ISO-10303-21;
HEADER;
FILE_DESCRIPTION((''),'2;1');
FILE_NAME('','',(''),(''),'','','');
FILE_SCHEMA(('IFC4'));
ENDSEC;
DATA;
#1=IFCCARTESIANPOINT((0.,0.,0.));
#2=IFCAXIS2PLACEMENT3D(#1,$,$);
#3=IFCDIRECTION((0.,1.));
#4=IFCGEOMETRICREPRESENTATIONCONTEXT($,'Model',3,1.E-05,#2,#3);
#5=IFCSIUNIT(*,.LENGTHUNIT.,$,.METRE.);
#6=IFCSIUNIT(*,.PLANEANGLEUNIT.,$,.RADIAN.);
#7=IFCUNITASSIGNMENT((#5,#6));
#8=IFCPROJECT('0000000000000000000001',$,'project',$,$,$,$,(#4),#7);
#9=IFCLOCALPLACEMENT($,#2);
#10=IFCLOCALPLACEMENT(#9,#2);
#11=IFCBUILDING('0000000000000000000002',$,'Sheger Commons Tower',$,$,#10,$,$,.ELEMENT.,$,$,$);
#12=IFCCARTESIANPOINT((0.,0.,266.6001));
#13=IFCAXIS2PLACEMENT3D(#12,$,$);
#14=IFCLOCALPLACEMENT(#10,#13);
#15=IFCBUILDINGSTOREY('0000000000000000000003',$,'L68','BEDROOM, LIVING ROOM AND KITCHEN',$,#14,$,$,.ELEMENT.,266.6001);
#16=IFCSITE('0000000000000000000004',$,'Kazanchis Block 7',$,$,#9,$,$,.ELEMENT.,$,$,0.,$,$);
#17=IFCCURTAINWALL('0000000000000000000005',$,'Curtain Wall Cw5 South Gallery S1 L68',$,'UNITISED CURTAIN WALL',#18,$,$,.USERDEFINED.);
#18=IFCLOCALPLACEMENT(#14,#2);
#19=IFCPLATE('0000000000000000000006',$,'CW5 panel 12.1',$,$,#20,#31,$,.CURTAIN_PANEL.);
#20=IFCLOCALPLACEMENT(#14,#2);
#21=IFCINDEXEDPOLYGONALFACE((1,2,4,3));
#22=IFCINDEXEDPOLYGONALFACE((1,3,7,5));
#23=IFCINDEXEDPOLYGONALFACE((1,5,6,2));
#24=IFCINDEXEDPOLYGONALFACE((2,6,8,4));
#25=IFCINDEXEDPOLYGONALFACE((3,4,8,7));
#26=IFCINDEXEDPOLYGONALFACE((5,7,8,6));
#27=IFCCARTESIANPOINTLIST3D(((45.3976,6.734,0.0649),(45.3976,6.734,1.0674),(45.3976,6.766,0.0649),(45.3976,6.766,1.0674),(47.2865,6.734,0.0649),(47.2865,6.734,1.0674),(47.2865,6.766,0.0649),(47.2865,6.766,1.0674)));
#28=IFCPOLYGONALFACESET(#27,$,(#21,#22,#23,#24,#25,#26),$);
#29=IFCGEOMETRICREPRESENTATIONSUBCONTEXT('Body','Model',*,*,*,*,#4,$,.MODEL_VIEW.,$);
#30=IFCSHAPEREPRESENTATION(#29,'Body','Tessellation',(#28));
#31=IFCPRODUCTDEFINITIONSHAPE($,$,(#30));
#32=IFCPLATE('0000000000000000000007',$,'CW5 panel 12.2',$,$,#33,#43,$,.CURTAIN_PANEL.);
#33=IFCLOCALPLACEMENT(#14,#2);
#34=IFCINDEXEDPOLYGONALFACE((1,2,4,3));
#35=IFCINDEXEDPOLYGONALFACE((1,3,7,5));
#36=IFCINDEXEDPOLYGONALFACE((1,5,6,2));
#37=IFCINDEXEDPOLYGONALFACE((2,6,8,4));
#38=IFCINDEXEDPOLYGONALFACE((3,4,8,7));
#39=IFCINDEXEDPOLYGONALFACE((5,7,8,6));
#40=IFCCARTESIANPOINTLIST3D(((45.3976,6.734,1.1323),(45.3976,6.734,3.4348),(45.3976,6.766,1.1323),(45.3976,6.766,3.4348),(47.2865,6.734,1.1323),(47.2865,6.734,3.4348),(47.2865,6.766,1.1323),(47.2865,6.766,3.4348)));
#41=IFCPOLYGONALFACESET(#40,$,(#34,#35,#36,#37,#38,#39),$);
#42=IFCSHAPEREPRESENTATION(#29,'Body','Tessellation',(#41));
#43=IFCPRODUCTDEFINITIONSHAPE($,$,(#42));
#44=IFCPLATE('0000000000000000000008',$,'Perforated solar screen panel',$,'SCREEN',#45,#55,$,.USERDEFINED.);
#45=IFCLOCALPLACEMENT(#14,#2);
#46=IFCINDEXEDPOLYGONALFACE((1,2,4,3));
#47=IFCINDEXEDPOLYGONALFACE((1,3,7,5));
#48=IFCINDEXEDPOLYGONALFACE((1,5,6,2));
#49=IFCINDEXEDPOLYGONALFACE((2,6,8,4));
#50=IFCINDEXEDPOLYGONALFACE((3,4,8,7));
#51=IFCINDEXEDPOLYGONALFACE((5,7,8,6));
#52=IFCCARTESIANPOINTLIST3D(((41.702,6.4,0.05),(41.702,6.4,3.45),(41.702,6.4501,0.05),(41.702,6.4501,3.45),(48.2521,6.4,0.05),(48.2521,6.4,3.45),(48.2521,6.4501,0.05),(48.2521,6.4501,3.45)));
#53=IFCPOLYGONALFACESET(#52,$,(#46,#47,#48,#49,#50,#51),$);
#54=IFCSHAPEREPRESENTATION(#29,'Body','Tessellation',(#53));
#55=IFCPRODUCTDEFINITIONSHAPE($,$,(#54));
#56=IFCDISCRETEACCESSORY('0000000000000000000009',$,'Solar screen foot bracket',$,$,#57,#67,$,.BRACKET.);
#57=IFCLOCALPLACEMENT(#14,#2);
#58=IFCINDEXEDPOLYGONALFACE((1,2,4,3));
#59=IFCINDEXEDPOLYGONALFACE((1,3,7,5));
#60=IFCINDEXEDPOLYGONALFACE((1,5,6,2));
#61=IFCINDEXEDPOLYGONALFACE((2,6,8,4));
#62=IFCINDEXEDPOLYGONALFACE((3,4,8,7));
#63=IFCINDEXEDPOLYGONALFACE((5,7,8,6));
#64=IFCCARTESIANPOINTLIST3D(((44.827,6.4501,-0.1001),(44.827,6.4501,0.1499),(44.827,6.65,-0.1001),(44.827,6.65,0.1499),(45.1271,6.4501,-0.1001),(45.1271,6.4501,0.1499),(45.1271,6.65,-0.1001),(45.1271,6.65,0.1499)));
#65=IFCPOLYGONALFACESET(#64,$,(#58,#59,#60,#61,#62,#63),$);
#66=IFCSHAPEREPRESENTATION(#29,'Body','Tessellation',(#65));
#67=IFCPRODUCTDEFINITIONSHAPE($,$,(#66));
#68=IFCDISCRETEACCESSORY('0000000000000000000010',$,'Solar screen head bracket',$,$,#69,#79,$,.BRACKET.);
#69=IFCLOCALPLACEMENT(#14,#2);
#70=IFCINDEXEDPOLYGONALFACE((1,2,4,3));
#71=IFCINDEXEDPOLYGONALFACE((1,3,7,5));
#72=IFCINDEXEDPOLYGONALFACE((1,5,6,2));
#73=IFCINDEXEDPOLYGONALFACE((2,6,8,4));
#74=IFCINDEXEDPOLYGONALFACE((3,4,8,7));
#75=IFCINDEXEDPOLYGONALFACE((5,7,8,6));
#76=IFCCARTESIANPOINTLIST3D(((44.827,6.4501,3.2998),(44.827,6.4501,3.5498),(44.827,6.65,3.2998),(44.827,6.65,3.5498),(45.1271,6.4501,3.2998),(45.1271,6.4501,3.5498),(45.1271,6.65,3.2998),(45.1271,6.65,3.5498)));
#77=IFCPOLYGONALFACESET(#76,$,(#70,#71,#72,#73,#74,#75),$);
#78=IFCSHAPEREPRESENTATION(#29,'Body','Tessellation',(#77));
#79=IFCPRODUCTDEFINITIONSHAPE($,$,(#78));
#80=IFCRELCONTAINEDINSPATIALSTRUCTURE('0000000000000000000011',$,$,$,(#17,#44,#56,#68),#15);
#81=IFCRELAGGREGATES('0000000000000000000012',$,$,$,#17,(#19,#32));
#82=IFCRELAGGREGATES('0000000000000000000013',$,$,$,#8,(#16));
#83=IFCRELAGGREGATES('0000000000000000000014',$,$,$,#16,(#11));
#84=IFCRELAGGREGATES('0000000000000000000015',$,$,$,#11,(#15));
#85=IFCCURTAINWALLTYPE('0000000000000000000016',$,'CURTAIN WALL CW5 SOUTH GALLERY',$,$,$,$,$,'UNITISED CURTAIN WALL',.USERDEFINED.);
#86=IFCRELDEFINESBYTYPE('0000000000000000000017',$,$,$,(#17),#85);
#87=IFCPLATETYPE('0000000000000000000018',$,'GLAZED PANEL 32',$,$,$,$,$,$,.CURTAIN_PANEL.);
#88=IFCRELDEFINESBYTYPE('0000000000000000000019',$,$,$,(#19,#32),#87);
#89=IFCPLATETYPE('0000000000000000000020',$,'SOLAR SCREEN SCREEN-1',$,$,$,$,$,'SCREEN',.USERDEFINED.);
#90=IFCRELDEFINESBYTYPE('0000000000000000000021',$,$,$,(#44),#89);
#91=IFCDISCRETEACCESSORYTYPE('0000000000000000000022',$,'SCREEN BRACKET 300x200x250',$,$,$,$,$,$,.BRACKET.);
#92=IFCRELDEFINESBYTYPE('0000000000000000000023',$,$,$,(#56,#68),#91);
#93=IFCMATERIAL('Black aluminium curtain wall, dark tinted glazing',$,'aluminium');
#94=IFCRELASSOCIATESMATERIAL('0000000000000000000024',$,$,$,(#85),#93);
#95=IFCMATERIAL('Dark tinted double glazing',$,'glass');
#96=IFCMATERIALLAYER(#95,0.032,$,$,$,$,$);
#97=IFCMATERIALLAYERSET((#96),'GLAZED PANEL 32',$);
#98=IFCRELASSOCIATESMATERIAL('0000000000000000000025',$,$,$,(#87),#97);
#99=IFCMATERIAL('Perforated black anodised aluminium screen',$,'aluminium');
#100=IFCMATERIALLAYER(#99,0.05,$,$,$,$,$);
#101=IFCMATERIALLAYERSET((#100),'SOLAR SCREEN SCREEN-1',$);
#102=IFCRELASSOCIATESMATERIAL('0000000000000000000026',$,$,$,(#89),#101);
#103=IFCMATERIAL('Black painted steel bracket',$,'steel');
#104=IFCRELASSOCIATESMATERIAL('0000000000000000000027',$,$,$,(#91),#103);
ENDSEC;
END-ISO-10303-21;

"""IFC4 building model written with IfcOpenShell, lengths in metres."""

from ifc_helpers import new_model, si_unit, direction, frame, origin, origin_2d, place, context, subcontext, project, spatial, rectangle, extrude, material, layer, layer_set, type_object, element, aggregate, save


model = new_model("IFC4")

# Units and contexts
model_context = context("Model", 3, precision=1e-05, world=origin(), true_north=direction((0.0, 1.0)))
body_context = subcontext(model_context, "Body", "Model", "MODEL_VIEW")
ifc_project = project(units=[si_unit("LENGTHUNIT", "METRE"), si_unit("PLANEANGLEUNIT", "RADIAN")], contexts=[model_context])

# Site, building, storey
site_placement = place(None, origin())
site = spatial("IfcSite", under=ifc_project, at=site_placement, Name="Kazanchis Block 7", CompositionType="ELEMENT", RefElevation=0.0)
building_placement = place(site_placement, origin())
building = spatial("IfcBuilding", under=site, at=building_placement, Name="Sheger Commons Tower", CompositionType="ELEMENT")
storey_placement = place(building_placement, frame((0.0, 0.0, 266.6001)))
storey = spatial("IfcBuildingStorey", under=building, at=storey_placement, Name="L68", Description="BEDROOM, LIVING ROOM AND KITCHEN", CompositionType="ELEMENT", Elevation=266.6001)

# Curtain wall, plates
ifc_material_1 = material(Name="Black aluminium curtain wall, dark tinted glazing", Category="aluminium")
curtain_wall_type = type_object("IfcCurtainWallType", Name="CURTAIN WALL CW5 SOUTH GALLERY", ElementType="UNITISED CURTAIN WALL", PredefinedType="USERDEFINED", material=ifc_material_1)
curtain_wall_placement = place(storey_placement, origin())
curtain_wall = element("IfcCurtainWall", 1, at=curtain_wall_placement, inside=storey, type_object=curtain_wall_type, Name="Curtain Wall Cw5 South Gallery S1 L68", ObjectType="UNITISED CURTAIN WALL", PredefinedType="USERDEFINED")
ifc_material_2 = material(Name="Dark tinted double glazing", Category="glass")
ifc_layer_1 = layer(ifc_material_2, 0.032)
ifc_layer_set_1 = layer_set([ifc_layer_1], Name="GLAZED PANEL 32")
plate_type_1 = type_object("IfcPlateType", Name="GLAZED PANEL 32", PredefinedType="CURTAIN_PANEL", material=ifc_layer_set_1)
plate_1_placement = place(storey_placement, frame((46.342, 6.75, 0.0649), z_axis=(0.0, 0.0, 1.0), x_axis=(1.0, 0.0, 0.0)))
plate_1 = element("IfcPlate", 2, at=plate_1_placement, type_object=plate_type_1, Name="CW5 panel 12.1", PredefinedType="CURTAIN_PANEL", context=body_context, shape_type="SweptSolid", body=[
    extrude(rectangle(XDim=1.8889, YDim=0.032, at=origin_2d()), origin(), (0.0, 0.0, 1.0), 1.0024),
])
plate_2_placement = place(storey_placement, frame((46.342, 6.75, 1.1323), z_axis=(0.0, 0.0, 1.0), x_axis=(1.0, 0.0, 0.0)))
plate_2 = element("IfcPlate", 3, at=plate_2_placement, type_object=plate_type_1, Name="CW5 panel 12.2", PredefinedType="CURTAIN_PANEL", context=body_context, shape_type="SweptSolid", body=[
    extrude(rectangle(XDim=1.8889, YDim=0.032, at=origin_2d()), origin(), (0.0, 0.0, 1.0), 2.3025),
])
aggregate(curtain_wall, [plate_1, plate_2])

# Plate
ifc_material_3 = material(Name="Perforated black anodised aluminium screen", Category="aluminium")
ifc_layer_2 = layer(ifc_material_3, 0.05)
ifc_layer_set_2 = layer_set([ifc_layer_2], Name="SOLAR SCREEN SCREEN-1")
plate_type_2 = type_object("IfcPlateType", Name="SOLAR SCREEN SCREEN-1", ElementType="SCREEN", PredefinedType="USERDEFINED", material=ifc_layer_set_2)
plate_3_placement = place(storey_placement, frame((44.9771, 6.425, 0.05), z_axis=(0.0, 0.0, 1.0), x_axis=(1.0, 0.0, 0.0)))
element("IfcPlate", 4, at=plate_3_placement, inside=storey, type_object=plate_type_2, Name="Perforated solar screen panel", ObjectType="SCREEN", PredefinedType="USERDEFINED", context=body_context, shape_type="SweptSolid", body=[
    extrude(rectangle(XDim=6.55, YDim=0.05, at=origin_2d()), origin(), (0.0, 0.0, 1.0), 3.3999),
])

# Discrete accessories
ifc_material_4 = material(Name="Black painted steel bracket", Category="steel")
discrete_accessory_type = type_object("IfcDiscreteAccessoryType", Name="SCREEN BRACKET 300x200x250", PredefinedType="BRACKET", material=ifc_material_4)
for number, where, z_axis, x_axis, name in (
    (5, (44.9771, 6.55, -0.1001), (0.0, 0.0, 1.0), (1.0, 0.0, 0.0), "Solar screen foot bracket"),
    (6, (44.9771, 6.55, 3.2998), (0.0, 0.0, 1.0), (1.0, 0.0, 0.0), "Solar screen head bracket"),
):
    element("IfcDiscreteAccessory", number, at=place(storey_placement, frame(where, z_axis=z_axis, x_axis=x_axis)), inside=storey, type_object=discrete_accessory_type, Name=name, PredefinedType="BRACKET", context=body_context, shape_type="SweptSolid", body=[
        extrude(rectangle(XDim=0.3, YDim=0.2, at=origin_2d()), origin(), (0.0, 0.0, 1.0), 0.25),
    ])

save(model, "model.ifc")
